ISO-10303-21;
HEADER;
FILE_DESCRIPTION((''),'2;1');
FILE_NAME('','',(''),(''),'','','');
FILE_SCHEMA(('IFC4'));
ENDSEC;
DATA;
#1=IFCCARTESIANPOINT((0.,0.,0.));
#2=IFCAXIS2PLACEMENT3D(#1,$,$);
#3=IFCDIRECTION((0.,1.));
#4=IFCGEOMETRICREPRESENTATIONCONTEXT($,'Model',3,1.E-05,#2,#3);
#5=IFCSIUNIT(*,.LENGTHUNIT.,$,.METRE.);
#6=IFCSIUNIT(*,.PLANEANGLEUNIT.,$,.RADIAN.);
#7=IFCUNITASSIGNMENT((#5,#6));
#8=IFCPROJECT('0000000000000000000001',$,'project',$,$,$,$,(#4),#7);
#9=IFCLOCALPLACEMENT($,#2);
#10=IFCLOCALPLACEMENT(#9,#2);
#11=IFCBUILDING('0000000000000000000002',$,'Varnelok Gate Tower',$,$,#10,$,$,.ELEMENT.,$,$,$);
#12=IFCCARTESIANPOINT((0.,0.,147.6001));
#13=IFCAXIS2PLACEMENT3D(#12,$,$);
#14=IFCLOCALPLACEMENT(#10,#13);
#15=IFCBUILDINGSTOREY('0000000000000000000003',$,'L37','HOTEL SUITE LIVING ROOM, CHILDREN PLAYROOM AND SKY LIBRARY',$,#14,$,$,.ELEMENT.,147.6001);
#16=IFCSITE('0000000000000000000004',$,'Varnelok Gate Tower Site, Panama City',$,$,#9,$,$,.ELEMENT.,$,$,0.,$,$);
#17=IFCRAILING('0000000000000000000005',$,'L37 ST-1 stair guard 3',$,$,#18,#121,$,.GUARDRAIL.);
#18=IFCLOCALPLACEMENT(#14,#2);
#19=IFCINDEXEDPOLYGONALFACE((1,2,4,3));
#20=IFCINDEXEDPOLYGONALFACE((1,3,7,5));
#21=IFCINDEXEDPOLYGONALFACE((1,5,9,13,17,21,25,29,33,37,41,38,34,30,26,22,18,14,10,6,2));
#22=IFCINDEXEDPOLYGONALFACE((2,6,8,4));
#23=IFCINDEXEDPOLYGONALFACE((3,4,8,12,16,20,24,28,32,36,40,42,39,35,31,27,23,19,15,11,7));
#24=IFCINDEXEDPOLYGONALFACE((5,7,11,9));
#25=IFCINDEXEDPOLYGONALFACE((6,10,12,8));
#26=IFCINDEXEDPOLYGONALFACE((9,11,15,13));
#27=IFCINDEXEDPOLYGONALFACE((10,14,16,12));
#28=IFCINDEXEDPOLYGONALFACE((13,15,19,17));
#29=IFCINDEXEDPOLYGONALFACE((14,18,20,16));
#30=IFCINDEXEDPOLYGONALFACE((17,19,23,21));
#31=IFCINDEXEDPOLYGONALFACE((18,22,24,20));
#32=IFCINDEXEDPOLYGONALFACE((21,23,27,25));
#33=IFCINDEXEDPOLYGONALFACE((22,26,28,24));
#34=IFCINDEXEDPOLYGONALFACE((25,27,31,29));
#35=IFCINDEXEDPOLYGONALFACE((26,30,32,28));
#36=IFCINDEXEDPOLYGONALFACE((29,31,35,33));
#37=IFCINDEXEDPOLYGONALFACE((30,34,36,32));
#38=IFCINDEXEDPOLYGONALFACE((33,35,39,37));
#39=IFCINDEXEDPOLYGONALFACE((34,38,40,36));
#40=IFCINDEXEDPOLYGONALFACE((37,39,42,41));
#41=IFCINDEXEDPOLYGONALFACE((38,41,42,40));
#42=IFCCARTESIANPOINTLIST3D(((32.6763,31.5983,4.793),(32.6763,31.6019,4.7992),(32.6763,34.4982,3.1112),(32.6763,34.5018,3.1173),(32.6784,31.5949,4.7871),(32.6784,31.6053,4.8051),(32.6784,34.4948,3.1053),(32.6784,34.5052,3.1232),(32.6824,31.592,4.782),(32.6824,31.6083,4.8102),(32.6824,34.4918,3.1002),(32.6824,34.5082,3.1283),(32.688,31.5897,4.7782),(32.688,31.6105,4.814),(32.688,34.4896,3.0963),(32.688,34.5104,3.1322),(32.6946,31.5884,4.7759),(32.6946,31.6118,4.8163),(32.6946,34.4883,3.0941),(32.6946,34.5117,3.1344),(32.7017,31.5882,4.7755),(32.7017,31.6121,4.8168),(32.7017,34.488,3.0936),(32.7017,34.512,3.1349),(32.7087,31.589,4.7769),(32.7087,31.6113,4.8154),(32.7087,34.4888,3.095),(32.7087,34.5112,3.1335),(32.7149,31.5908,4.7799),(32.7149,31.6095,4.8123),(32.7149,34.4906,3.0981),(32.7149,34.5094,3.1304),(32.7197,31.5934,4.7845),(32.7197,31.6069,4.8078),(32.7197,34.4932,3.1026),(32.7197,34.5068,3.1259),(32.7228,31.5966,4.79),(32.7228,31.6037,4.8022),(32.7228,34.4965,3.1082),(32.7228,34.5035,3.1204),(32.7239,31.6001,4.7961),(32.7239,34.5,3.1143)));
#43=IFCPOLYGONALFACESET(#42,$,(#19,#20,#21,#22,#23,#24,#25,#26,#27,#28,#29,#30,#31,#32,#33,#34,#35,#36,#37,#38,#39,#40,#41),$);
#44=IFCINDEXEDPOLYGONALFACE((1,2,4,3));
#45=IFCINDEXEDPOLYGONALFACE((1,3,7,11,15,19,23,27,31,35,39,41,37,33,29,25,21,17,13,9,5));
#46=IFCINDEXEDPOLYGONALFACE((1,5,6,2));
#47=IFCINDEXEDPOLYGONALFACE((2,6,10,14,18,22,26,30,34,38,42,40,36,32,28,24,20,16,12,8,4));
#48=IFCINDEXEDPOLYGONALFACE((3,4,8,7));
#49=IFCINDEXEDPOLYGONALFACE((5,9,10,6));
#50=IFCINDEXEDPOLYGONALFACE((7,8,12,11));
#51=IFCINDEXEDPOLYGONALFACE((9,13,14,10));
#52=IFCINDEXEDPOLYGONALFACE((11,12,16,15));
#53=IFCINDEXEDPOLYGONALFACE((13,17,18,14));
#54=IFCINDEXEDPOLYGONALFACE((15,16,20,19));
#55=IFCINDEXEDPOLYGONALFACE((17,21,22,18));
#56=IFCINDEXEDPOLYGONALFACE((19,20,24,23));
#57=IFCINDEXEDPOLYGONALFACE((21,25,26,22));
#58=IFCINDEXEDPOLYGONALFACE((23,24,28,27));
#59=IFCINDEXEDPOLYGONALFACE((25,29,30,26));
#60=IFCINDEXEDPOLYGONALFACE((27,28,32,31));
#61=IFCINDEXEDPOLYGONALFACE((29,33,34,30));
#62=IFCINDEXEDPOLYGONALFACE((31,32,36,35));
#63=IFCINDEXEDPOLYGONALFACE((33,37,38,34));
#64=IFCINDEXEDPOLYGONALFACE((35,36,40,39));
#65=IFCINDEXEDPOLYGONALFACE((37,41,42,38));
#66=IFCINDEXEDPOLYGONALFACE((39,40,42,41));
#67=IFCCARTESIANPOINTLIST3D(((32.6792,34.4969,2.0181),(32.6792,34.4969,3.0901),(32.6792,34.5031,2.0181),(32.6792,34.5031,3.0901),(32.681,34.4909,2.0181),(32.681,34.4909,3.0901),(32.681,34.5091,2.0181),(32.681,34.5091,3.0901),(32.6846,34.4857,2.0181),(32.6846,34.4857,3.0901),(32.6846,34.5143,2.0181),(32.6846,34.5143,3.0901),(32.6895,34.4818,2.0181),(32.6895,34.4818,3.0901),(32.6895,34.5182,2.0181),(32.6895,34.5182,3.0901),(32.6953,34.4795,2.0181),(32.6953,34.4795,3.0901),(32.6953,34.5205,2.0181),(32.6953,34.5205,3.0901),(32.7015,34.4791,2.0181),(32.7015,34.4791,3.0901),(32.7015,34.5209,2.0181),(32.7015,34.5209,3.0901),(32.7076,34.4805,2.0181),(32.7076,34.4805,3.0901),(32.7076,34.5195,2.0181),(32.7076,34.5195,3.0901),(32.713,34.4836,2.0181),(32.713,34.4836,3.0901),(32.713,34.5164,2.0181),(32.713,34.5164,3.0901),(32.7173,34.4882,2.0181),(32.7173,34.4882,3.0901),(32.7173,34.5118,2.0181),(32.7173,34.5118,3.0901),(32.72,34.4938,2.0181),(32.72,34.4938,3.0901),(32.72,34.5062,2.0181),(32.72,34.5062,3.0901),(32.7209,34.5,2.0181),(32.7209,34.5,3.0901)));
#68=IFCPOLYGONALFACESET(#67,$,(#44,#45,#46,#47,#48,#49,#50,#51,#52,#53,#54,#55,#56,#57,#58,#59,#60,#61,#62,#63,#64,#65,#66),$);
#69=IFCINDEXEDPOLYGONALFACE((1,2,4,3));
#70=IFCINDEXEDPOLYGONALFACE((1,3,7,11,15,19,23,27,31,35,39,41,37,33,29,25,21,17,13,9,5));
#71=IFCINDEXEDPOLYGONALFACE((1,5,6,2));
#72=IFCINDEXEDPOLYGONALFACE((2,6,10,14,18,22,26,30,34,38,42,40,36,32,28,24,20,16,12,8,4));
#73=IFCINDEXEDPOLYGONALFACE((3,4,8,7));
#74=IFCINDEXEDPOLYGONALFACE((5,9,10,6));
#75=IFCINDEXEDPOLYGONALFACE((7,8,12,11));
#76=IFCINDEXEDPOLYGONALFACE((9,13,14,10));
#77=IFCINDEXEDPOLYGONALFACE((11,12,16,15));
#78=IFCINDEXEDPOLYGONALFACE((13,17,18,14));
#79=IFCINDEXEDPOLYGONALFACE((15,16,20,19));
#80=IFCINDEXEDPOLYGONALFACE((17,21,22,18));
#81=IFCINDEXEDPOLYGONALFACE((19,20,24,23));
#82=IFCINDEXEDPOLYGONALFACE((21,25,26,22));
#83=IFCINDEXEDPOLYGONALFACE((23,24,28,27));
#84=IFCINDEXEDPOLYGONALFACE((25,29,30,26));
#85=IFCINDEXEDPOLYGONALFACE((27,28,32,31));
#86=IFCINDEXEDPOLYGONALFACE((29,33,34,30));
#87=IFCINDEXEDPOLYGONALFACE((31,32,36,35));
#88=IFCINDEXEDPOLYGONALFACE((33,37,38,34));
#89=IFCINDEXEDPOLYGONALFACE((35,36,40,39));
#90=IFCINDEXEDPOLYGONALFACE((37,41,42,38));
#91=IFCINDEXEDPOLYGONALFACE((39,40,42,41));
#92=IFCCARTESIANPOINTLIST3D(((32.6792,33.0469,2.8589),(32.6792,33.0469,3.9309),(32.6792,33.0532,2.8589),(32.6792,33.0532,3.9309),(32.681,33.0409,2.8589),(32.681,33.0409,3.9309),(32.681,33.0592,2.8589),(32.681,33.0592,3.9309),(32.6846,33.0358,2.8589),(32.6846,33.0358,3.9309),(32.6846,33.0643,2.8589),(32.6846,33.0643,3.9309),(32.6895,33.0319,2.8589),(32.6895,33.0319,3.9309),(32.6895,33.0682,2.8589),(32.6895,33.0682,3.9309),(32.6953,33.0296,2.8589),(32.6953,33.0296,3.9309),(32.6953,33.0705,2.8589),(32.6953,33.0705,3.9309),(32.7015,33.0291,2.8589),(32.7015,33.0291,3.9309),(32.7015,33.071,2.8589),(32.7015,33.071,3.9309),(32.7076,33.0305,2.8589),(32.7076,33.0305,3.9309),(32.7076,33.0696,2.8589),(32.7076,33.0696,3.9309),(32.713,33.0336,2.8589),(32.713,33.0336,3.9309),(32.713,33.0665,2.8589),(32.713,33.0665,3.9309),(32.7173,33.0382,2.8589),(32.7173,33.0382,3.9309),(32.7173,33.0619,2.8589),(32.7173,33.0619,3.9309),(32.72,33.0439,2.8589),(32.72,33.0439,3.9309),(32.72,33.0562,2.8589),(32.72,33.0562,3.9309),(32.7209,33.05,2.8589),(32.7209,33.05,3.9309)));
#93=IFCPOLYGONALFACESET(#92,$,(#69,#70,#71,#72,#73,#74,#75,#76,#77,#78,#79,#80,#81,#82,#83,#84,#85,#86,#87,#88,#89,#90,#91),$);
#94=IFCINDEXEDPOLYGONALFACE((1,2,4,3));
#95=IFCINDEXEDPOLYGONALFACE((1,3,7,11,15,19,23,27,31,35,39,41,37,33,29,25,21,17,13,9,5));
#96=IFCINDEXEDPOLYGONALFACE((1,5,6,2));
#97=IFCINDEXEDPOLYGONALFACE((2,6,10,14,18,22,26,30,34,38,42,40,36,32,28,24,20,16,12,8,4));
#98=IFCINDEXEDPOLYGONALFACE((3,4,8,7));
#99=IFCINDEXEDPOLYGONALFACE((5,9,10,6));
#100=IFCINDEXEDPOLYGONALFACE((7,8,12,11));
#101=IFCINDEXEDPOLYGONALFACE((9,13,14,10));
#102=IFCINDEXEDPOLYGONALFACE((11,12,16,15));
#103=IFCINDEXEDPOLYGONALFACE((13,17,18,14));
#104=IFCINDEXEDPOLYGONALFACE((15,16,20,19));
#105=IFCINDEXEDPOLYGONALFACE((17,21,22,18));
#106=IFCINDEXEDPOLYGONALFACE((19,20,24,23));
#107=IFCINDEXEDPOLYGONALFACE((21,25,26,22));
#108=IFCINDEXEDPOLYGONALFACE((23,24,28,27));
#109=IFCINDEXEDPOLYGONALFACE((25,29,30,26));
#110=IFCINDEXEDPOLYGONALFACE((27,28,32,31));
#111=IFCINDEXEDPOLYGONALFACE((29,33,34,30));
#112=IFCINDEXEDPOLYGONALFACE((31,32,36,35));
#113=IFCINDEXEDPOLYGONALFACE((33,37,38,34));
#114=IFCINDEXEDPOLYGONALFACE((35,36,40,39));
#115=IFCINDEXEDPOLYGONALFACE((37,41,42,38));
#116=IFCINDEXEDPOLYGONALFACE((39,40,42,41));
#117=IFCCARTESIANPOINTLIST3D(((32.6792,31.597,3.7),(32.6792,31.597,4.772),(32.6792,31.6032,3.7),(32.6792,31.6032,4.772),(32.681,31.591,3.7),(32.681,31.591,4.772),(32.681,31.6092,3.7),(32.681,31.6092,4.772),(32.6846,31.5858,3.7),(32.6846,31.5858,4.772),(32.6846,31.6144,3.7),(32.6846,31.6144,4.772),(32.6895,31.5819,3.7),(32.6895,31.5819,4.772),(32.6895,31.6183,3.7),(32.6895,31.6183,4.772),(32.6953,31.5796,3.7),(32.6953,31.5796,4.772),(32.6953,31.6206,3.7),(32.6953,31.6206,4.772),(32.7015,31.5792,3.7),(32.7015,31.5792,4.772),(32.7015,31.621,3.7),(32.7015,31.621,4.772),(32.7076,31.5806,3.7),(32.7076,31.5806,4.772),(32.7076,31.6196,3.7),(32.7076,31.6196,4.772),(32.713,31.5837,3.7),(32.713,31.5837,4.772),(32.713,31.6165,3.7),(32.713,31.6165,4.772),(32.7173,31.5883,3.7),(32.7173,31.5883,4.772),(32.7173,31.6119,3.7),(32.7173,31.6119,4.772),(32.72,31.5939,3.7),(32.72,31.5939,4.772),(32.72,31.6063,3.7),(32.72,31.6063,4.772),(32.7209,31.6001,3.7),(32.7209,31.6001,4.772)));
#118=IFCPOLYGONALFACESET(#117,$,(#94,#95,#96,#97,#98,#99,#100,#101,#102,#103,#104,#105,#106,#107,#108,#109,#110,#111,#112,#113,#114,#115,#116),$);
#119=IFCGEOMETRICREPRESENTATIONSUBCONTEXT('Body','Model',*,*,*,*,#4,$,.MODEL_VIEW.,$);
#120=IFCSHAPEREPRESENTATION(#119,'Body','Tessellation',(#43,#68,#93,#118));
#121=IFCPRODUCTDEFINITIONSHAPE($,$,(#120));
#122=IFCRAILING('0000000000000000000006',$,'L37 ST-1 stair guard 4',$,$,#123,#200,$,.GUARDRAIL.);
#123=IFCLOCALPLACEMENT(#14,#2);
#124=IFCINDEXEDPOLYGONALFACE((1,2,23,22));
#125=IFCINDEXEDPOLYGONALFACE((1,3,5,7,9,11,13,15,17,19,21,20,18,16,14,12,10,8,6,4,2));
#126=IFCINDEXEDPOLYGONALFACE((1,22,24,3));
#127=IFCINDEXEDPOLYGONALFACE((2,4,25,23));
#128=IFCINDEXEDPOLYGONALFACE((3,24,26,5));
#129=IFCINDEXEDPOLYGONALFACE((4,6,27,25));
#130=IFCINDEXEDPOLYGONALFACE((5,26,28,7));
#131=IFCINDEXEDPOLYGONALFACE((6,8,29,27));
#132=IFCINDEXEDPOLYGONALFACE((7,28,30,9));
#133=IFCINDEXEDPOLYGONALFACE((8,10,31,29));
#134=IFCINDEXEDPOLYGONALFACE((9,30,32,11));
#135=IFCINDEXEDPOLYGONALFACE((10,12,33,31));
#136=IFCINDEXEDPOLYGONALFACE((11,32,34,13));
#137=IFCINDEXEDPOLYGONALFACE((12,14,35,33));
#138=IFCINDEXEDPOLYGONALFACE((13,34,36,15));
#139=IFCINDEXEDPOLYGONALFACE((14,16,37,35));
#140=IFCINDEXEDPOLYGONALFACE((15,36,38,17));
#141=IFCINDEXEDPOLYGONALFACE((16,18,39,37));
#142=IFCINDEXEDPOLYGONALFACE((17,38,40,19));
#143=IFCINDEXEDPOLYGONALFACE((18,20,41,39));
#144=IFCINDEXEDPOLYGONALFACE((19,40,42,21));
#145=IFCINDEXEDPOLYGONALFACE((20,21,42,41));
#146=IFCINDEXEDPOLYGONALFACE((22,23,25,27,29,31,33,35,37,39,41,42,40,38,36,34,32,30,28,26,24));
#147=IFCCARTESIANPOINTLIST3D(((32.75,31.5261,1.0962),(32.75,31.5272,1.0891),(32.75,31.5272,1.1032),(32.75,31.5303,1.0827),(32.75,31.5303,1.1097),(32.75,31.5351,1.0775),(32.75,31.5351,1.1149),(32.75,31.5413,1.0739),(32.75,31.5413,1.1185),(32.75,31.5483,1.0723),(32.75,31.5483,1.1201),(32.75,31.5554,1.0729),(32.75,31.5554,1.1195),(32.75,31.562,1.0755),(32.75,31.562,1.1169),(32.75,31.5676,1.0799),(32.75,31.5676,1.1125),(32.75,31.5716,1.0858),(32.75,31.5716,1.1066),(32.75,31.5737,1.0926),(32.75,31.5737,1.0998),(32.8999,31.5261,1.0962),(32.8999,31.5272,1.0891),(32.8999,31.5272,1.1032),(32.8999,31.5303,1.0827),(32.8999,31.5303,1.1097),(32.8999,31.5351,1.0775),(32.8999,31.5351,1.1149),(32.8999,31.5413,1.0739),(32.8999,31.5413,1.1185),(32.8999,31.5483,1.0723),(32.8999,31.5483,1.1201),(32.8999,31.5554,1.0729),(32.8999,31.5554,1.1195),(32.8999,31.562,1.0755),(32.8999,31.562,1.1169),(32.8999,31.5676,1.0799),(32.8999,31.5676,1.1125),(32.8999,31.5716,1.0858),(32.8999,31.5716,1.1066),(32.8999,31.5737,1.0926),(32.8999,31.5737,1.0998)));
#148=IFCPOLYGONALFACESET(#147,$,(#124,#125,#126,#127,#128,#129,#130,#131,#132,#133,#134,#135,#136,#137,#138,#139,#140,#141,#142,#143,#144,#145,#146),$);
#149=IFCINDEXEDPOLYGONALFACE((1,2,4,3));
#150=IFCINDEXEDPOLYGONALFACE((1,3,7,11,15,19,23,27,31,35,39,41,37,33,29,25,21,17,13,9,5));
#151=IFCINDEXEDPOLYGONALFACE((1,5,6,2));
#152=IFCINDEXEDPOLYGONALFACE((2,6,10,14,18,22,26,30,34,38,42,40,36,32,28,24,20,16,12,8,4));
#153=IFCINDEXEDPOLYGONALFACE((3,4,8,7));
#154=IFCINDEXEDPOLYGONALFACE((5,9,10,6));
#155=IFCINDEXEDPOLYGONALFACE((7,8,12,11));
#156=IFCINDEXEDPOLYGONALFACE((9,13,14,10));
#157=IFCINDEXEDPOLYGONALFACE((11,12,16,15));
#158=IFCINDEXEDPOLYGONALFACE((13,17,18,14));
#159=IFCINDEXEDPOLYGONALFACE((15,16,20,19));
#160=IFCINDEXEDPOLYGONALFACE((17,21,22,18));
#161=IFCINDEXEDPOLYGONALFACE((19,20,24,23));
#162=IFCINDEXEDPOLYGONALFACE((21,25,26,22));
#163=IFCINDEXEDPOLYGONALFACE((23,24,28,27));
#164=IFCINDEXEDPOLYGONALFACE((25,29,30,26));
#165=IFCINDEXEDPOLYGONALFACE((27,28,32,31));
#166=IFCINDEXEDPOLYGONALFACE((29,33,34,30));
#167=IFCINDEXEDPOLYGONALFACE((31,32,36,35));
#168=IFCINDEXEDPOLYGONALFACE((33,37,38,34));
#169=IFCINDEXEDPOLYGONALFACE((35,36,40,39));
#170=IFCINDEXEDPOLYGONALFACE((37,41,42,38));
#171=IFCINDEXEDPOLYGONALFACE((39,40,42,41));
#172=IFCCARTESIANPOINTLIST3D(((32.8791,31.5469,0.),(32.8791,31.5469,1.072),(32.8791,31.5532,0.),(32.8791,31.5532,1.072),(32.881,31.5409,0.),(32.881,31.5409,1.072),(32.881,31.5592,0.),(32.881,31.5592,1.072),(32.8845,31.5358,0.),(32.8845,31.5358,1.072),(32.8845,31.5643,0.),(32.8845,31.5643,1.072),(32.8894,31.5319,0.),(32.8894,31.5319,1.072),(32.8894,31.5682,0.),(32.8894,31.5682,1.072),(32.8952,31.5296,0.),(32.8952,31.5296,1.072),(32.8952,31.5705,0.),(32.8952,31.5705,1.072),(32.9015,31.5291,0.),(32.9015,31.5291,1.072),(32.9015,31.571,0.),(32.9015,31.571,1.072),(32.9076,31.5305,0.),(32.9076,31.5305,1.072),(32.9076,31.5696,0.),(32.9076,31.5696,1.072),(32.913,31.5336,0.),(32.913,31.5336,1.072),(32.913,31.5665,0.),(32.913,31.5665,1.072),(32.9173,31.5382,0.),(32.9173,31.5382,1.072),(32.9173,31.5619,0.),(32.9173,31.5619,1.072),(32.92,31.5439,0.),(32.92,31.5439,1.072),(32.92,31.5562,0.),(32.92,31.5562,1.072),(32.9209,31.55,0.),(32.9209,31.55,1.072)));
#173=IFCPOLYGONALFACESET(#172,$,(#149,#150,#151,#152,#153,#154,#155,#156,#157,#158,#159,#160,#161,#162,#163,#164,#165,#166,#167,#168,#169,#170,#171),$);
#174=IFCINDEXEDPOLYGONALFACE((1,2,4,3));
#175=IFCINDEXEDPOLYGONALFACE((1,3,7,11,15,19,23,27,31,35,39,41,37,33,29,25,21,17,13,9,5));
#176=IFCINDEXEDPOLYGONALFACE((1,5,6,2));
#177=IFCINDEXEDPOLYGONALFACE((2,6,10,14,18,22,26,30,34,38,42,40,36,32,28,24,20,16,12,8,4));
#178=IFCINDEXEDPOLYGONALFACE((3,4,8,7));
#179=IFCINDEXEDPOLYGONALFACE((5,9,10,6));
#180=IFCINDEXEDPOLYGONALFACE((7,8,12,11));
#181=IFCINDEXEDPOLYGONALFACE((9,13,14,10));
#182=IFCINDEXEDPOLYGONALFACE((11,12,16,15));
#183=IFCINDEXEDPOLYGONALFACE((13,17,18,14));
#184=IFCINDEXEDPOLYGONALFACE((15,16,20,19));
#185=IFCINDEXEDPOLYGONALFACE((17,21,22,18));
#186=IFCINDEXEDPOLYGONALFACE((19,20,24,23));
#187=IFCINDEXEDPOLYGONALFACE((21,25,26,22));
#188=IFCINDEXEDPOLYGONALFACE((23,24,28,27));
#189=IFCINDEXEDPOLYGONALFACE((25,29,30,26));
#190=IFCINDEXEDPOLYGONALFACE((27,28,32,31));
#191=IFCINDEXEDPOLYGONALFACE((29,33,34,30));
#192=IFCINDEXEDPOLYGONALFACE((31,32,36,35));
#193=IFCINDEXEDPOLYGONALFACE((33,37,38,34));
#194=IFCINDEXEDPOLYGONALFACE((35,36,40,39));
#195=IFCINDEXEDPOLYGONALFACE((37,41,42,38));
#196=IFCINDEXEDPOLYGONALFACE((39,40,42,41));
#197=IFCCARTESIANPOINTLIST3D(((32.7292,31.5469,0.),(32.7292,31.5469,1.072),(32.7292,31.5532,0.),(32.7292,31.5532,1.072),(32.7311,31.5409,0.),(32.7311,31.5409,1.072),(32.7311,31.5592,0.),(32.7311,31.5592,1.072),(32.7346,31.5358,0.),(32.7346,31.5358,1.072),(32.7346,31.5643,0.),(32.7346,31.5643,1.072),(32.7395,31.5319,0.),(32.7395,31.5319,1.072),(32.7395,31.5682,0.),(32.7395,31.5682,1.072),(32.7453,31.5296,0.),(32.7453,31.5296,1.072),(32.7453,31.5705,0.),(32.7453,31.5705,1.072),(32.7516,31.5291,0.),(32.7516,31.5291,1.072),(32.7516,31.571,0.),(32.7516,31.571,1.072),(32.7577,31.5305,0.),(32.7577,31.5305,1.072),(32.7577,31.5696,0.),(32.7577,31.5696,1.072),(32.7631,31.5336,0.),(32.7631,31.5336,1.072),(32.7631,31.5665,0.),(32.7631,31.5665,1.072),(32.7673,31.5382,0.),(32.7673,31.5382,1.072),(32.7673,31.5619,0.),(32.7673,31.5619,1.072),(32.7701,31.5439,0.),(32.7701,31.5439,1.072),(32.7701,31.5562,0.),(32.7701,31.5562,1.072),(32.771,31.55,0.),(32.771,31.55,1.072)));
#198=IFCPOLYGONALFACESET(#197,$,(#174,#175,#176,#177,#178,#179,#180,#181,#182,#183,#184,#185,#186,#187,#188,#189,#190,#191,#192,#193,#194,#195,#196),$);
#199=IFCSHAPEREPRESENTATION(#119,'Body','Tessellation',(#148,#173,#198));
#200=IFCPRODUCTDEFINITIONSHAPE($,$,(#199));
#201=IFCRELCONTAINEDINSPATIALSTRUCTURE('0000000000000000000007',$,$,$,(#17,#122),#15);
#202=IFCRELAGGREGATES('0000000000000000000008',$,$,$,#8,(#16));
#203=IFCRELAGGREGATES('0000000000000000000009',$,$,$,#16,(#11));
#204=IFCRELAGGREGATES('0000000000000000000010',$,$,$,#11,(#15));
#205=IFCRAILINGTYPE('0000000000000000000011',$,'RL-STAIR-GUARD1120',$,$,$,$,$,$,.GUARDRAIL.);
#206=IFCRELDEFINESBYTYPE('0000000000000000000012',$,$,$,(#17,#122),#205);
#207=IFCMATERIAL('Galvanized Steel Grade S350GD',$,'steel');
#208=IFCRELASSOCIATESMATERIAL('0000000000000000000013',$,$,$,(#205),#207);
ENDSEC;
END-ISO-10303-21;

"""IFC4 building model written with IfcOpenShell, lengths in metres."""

from ifc_helpers import new_model, si_unit, direction, frame, origin, origin_2d, place, context, subcontext, project, spatial, circle, extrude, material, type_object, element, save


model = new_model("IFC4")

# Units and contexts
model_context = context("Model", 3, precision=1e-05, world=origin(), true_north=direction((0.0, 1.0)))
body_context = subcontext(model_context, "Body", "Model", "MODEL_VIEW")
ifc_project = project(units=[si_unit("LENGTHUNIT", "METRE"), si_unit("PLANEANGLEUNIT", "RADIAN")], contexts=[model_context])

# Site, building, storey
site_placement = place(None, origin())
site = spatial("IfcSite", under=ifc_project, at=site_placement, Name="Varnelok Gate Tower Site, Panama City", CompositionType="ELEMENT", RefElevation=0.0)
building_placement = place(site_placement, origin())
building = spatial("IfcBuilding", under=site, at=building_placement, Name="Varnelok Gate Tower", CompositionType="ELEMENT")
storey_placement = place(building_placement, frame((0.0, 0.0, 147.6001)))
storey = spatial("IfcBuildingStorey", under=building, at=storey_placement, Name="L37", Description="HOTEL SUITE LIVING ROOM, CHILDREN PLAYROOM AND SKY LIBRARY", CompositionType="ELEMENT", Elevation=147.6001)

# Shared definitions
ifc_material_1 = material(Name="Galvanized Steel Grade S350GD", Category="steel")

# Railings
railing_type_1 = type_object("IfcRailingType", Name="RL-STAIR-GUARD1120", PredefinedType="GUARDRAIL", material=ifc_material_1)
railing_1_placement = place(storey_placement, frame((32.7, 34.5, 2.0181)))
element("IfcRailing", 1, at=railing_1_placement, inside=storey, type_object=railing_type_1, Name="L37 ST-1 stair guard 3", PredefinedType="GUARDRAIL", context=body_context, shape_type="SweptSolid", body=[
    extrude(circle(Radius=0.0239, at=origin_2d()), frame((0.0, 0.0, 1.0962), z_axis=(0.0, -0.865039, 0.501705), x_axis=(1.0, 0.0, 0.0)), (0.0, 0.0, 1.0), 3.3523),
    extrude(circle(Radius=0.021, at=origin_2d()), origin(), (0.0, 0.0, 1.0), 1.072),
    extrude(circle(Radius=0.021, at=origin_2d()), frame((0.0, -1.45, 0.8408)), (0.0, 0.0, 1.0), 1.072),
    extrude(circle(Radius=0.021, at=origin_2d()), frame((0.0, -2.8999, 1.6819)), (0.0, 0.0, 1.0), 1.072),
])
railing_2_placement = place(storey_placement, frame((32.8999, 31.55, 0.0)))
element("IfcRailing", 2, at=railing_2_placement, inside=storey, type_object=railing_type_1, Name="L37 ST-1 stair guard 4", PredefinedType="GUARDRAIL", context=body_context, shape_type="SweptSolid", body=[
    extrude(circle(Radius=0.0239, at=origin_2d()), frame((0.0, 0.0, 1.0962), z_axis=(-1.0, 0.0, 0.0), x_axis=(0.0, -1.0, 0.0)), (0.0, 0.0, 1.0), 0.1499),
    extrude(circle(Radius=0.021, at=origin_2d()), origin(), (0.0, 0.0, 1.0), 1.072),
    extrude(circle(Radius=0.021, at=origin_2d()), frame((-0.1499, 0.0, 0.0)), (0.0, 0.0, 1.0), 1.072),
])

save(model, "model.ifc")
